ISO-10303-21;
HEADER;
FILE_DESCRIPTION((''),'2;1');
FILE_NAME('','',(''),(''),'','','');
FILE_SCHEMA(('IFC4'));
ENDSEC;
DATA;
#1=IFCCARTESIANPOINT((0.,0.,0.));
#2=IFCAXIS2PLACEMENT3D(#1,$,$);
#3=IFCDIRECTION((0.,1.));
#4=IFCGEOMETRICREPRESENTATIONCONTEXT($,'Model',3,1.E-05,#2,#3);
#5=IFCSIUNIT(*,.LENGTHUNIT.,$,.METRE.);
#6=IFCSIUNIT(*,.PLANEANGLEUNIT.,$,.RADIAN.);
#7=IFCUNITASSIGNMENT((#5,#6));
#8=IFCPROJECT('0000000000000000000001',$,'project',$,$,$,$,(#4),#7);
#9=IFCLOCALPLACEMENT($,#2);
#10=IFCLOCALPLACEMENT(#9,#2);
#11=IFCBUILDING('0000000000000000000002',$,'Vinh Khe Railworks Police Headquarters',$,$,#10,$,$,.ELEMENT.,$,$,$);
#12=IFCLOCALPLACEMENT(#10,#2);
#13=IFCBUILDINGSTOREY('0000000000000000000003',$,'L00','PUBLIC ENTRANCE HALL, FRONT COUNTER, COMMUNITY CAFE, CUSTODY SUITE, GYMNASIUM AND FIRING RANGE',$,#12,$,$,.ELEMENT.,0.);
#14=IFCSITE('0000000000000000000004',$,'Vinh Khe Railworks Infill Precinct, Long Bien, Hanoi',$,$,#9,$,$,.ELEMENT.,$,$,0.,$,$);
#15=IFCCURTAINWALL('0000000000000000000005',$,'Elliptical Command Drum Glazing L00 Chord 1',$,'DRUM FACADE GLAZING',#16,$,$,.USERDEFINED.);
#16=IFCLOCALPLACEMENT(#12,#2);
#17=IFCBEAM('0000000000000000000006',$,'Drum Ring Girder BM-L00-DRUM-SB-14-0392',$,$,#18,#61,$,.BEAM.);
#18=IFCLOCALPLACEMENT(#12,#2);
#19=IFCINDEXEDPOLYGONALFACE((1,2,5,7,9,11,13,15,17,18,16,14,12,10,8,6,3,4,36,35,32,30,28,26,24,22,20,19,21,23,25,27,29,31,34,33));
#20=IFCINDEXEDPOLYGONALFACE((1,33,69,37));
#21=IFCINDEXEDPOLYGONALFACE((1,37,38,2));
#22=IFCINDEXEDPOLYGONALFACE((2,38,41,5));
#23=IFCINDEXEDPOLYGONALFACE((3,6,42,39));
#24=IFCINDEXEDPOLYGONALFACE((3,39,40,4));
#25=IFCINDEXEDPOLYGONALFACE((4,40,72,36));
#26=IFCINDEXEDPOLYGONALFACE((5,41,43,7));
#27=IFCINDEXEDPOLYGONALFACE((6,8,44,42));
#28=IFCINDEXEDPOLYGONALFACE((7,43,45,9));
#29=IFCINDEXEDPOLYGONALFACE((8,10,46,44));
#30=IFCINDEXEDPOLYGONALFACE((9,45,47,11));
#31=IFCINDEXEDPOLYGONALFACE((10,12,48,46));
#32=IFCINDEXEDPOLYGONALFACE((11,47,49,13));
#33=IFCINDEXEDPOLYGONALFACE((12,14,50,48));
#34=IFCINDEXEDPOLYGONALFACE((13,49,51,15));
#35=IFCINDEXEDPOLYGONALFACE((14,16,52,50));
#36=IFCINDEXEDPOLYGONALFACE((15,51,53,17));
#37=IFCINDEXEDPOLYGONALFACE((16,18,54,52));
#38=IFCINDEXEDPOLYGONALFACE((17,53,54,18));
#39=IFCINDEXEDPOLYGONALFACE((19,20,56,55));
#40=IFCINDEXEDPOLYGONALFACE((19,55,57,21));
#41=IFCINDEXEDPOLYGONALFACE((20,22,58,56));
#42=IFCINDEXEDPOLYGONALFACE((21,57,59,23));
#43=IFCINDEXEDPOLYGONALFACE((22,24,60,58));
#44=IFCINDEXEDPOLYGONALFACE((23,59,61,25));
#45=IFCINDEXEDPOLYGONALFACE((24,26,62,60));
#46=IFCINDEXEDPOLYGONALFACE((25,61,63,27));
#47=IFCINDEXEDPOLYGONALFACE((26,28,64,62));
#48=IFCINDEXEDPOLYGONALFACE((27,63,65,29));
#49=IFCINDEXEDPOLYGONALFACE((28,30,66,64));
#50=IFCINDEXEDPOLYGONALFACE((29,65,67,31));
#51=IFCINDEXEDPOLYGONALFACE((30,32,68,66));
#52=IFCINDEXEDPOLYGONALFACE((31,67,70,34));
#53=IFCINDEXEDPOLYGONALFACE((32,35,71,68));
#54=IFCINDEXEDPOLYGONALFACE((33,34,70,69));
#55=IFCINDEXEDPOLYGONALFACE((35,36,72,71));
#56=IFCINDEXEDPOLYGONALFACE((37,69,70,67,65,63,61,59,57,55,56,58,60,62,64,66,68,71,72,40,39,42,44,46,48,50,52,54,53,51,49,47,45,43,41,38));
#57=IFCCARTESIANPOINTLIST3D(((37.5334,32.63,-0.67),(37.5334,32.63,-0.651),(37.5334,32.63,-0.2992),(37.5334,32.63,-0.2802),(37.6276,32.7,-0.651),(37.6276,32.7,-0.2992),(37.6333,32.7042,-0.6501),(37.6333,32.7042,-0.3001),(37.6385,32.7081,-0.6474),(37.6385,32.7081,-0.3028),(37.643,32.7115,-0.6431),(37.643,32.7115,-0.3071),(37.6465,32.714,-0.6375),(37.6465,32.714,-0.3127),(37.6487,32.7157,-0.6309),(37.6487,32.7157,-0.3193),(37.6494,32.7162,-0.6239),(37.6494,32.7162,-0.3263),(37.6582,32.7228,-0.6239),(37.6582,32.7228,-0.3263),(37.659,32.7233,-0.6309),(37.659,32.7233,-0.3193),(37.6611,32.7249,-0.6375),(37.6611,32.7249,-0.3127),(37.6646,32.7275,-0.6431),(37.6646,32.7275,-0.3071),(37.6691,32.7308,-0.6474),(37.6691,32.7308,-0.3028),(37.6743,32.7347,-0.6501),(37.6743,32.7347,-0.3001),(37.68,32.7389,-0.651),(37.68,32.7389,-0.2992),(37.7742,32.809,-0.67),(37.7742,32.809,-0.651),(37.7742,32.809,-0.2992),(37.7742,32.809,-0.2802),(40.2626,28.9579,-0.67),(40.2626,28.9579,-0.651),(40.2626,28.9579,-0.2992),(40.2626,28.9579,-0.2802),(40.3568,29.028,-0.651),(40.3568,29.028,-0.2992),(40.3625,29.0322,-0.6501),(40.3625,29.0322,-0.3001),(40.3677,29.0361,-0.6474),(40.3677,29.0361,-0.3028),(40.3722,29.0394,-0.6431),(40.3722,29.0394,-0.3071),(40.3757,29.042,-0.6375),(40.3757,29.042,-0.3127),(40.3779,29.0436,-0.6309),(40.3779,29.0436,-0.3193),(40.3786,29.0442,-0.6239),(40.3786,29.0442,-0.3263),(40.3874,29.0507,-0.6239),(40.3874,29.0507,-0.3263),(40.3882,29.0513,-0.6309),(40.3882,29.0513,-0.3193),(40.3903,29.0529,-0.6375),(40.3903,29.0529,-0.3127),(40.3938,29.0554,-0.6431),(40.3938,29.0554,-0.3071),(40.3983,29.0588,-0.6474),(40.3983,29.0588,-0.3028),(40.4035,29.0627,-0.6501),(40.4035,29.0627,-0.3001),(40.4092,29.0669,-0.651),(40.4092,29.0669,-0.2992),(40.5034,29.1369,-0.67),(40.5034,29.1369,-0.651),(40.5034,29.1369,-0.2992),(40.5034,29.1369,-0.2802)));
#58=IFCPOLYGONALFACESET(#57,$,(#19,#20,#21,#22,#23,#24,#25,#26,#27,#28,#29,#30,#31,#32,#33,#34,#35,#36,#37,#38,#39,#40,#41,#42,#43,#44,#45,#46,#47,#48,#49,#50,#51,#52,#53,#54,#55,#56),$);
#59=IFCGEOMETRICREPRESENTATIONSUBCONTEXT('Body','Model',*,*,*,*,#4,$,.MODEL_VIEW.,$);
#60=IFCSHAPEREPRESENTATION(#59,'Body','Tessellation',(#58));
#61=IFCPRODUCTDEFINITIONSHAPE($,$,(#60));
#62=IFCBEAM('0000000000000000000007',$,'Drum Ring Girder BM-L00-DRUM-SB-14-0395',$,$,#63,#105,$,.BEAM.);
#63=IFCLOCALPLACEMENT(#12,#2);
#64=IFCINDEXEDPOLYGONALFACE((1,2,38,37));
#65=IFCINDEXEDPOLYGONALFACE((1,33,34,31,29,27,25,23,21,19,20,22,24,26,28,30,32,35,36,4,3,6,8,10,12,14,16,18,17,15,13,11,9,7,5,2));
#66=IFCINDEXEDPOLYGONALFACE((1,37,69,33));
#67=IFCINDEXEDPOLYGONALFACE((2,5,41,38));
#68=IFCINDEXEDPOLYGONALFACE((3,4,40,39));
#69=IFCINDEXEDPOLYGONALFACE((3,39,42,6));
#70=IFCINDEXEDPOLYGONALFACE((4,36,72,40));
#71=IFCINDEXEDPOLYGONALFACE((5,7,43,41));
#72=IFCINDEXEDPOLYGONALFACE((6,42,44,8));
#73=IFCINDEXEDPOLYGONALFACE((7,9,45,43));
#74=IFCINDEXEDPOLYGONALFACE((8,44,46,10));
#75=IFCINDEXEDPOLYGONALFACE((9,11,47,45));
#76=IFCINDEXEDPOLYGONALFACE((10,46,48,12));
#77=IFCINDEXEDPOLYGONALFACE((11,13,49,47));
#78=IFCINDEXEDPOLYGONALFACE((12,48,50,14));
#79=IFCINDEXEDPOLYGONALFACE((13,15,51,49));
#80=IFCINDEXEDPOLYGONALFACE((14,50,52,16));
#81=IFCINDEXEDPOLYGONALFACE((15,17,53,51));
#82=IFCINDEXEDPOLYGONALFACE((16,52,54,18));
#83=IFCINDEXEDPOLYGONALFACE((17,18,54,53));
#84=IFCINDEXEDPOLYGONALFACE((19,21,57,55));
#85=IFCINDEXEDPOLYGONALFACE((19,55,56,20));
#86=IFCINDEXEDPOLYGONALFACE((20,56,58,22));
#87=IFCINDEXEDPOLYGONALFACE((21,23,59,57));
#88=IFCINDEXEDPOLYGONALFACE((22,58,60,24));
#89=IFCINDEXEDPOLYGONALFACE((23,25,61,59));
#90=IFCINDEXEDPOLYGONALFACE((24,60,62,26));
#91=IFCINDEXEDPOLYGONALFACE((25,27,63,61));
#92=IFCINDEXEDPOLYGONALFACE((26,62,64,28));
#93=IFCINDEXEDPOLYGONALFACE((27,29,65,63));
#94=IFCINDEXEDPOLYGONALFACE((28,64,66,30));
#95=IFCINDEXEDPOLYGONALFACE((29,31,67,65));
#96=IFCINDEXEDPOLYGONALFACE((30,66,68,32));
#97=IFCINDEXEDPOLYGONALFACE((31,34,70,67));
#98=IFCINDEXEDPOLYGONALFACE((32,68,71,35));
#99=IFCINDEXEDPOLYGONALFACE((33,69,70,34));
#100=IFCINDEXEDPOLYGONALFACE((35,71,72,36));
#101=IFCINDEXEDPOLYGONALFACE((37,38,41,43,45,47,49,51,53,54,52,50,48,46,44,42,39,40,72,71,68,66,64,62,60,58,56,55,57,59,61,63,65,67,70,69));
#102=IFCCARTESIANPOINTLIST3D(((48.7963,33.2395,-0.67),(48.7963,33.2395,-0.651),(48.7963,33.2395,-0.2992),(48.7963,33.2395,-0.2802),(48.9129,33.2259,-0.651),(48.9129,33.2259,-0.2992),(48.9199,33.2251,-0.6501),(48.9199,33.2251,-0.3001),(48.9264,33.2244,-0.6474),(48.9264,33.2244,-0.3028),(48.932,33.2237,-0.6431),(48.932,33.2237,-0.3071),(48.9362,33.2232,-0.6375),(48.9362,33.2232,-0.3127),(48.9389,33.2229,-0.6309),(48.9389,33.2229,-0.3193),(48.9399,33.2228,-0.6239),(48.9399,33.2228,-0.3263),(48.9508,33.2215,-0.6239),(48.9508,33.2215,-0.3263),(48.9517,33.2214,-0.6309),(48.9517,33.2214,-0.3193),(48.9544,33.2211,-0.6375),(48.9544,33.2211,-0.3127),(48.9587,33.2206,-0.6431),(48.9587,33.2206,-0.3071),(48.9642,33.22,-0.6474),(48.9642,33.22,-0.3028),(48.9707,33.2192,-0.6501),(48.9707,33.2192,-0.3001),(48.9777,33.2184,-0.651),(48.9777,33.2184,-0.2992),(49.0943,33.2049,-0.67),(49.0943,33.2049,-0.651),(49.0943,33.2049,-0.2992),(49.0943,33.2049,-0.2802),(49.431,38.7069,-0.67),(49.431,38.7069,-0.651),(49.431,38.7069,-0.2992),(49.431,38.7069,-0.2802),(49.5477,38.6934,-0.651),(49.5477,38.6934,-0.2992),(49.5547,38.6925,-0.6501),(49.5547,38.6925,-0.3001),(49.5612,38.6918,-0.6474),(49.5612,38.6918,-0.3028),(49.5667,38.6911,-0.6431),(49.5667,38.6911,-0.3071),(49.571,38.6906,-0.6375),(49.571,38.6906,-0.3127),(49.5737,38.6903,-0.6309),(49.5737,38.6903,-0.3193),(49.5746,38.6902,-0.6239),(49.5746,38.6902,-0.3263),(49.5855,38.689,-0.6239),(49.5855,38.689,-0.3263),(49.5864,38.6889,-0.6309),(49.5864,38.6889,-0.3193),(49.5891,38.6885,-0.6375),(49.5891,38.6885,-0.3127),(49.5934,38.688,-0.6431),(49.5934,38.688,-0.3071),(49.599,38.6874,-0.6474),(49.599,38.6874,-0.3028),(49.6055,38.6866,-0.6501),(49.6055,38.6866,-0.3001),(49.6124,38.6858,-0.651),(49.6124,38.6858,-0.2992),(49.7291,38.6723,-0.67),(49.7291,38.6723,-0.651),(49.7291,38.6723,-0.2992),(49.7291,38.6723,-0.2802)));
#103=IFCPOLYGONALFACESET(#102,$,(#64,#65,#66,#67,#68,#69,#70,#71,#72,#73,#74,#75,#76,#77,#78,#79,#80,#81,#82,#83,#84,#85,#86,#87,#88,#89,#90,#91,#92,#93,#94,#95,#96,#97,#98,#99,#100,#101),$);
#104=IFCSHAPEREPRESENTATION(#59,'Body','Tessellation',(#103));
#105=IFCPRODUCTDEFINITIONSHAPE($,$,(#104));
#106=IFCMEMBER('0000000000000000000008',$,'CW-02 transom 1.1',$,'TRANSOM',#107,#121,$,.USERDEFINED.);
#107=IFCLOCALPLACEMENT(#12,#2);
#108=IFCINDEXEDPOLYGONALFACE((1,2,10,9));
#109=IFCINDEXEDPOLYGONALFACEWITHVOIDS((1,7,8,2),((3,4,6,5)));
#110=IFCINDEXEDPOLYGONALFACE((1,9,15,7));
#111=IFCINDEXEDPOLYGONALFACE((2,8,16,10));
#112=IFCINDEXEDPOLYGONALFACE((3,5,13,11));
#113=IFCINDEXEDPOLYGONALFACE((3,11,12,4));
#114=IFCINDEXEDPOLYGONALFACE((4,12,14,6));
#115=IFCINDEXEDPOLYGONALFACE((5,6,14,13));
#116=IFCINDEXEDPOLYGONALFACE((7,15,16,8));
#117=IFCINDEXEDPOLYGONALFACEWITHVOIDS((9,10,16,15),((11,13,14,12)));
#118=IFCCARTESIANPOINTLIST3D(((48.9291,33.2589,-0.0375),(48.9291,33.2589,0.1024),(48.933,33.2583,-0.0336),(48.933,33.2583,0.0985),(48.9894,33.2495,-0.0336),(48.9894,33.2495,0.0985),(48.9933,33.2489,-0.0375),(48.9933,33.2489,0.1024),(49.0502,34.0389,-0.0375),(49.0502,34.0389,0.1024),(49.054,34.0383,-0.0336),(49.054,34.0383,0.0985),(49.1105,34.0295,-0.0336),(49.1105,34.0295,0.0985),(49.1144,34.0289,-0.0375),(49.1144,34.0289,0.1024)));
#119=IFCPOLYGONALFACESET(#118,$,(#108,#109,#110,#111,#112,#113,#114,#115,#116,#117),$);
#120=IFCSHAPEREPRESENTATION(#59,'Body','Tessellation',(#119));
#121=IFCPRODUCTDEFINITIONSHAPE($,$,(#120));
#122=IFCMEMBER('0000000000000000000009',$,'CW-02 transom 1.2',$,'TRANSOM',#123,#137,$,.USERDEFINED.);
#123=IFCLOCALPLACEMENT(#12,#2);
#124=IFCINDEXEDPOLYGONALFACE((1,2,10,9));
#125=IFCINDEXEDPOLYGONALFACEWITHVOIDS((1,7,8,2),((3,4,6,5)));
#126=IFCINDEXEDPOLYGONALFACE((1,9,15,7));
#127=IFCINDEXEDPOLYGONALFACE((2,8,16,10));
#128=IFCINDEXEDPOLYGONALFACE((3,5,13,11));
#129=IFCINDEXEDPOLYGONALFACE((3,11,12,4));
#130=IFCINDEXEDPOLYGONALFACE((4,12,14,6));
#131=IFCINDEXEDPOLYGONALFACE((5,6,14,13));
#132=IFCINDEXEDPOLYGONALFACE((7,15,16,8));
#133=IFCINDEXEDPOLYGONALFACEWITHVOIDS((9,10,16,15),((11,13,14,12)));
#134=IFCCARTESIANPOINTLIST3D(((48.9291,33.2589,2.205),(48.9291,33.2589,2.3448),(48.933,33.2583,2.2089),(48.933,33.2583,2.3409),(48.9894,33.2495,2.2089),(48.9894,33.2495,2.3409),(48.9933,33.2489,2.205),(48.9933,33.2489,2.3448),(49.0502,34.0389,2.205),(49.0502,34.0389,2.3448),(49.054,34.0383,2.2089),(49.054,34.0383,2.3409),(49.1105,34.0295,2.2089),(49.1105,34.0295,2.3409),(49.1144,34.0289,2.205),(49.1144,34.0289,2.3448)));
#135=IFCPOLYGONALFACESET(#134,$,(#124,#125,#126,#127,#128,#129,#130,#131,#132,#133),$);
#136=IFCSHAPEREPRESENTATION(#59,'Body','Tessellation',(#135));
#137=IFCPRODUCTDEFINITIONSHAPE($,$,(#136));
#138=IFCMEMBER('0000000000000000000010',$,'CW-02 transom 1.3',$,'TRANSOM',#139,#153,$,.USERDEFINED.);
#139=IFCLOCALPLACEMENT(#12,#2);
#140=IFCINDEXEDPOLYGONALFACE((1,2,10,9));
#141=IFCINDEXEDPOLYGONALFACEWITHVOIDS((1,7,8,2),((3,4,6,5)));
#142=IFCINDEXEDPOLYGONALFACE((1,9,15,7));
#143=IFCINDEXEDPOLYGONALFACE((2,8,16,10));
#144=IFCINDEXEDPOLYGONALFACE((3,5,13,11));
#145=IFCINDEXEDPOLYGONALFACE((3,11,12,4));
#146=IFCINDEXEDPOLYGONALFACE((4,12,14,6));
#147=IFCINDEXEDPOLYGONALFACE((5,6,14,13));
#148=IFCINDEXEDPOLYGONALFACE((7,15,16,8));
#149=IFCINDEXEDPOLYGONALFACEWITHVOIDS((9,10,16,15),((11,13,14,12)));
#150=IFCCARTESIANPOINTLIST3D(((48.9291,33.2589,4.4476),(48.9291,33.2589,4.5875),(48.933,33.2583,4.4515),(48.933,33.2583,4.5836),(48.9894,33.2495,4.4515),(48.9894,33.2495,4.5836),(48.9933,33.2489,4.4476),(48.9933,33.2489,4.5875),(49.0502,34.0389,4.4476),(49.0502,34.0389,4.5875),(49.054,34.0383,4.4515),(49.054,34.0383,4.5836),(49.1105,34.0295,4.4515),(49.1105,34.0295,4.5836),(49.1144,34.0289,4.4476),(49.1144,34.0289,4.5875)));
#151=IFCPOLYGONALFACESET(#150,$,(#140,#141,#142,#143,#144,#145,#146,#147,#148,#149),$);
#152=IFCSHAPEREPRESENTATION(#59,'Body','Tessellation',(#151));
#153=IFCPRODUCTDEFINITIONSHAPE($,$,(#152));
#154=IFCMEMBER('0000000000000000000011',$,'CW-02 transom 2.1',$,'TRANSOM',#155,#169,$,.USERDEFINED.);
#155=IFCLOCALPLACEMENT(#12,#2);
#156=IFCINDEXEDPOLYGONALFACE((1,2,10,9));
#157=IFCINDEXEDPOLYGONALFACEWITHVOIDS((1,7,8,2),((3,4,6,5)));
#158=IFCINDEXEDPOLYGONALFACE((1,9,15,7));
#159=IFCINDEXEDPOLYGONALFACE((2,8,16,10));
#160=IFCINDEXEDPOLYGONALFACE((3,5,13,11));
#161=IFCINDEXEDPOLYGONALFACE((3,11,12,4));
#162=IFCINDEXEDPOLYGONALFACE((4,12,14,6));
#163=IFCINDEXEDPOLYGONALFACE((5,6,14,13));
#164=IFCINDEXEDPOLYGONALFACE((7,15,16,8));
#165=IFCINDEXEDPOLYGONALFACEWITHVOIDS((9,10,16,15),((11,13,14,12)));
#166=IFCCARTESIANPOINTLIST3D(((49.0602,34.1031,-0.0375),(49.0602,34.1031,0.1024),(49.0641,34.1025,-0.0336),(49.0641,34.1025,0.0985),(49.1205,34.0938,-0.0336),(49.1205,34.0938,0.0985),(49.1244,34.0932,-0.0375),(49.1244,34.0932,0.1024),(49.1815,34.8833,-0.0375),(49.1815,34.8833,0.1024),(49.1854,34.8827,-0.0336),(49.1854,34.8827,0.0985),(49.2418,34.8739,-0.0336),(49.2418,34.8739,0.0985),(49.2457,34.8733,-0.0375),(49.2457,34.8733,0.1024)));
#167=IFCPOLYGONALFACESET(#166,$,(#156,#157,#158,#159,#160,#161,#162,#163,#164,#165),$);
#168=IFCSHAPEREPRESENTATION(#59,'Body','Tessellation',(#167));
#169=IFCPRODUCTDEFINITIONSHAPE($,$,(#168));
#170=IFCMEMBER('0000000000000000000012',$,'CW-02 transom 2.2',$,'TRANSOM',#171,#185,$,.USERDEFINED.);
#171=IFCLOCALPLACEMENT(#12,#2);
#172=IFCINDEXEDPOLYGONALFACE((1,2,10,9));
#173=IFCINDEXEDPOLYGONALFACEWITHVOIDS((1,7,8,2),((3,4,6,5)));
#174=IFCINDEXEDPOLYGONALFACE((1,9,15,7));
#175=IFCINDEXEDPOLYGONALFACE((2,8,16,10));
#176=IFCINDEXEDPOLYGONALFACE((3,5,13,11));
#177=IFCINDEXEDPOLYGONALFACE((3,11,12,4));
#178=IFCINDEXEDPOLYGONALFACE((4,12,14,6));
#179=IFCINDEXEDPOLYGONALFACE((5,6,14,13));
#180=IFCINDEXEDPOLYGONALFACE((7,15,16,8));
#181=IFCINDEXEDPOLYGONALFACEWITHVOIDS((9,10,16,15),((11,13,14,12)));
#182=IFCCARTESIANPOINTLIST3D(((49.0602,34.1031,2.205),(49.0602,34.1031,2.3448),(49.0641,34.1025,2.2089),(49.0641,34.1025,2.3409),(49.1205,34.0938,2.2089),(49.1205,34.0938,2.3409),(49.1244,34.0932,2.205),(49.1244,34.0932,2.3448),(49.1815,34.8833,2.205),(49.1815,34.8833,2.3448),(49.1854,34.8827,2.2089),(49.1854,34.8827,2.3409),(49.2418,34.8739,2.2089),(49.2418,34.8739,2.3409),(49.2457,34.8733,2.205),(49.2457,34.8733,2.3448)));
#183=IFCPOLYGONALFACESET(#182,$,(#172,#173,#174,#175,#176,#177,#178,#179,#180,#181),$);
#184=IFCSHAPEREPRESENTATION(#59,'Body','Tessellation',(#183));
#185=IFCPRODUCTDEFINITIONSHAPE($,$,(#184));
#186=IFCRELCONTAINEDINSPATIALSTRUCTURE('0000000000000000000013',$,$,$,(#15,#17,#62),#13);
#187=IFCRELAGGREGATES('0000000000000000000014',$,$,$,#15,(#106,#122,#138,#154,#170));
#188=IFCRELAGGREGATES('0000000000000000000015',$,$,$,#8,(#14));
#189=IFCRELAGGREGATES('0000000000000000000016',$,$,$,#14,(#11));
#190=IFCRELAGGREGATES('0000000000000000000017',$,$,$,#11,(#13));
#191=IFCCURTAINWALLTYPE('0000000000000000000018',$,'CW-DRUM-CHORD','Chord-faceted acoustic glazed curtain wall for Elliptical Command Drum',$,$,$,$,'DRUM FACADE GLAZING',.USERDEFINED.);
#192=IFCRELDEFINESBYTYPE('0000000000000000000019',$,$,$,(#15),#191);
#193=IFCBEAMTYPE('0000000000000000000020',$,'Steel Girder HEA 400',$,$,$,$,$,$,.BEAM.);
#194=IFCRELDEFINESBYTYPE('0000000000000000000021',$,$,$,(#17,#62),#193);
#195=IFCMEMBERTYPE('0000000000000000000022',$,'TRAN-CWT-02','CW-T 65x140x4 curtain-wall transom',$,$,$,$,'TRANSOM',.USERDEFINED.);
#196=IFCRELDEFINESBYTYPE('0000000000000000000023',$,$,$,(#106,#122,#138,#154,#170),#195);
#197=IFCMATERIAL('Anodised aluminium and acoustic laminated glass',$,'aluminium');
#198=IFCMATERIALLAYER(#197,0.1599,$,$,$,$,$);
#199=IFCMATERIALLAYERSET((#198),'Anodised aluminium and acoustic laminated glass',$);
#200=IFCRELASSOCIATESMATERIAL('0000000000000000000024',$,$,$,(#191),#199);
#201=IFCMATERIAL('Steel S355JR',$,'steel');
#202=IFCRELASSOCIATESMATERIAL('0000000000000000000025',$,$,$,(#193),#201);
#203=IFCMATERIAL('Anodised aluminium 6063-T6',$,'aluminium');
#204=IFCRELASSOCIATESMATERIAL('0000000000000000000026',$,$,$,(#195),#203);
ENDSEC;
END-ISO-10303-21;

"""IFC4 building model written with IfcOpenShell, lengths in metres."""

from ifc_helpers import new_model, si_unit, direction, frame, origin, origin_2d, place, context, subcontext, project, spatial, hollow_rectangle, i_section, extrude, material, layer, layer_set, material_profile, profile_set, type_object, element, aggregate, save


model = new_model("IFC4")

# Units and contexts
model_context = context("Model", 3, precision=1e-05, world=origin(), true_north=direction((0.0, 1.0)))
body_context = subcontext(model_context, "Body", "Model", "MODEL_VIEW")
ifc_project = project(units=[si_unit("LENGTHUNIT", "METRE"), si_unit("PLANEANGLEUNIT", "RADIAN")], contexts=[model_context])

# Site, building, storey
site_placement = place(None, origin())
site = spatial("IfcSite", under=ifc_project, at=site_placement, Name="Vinh Khe Railworks Infill Precinct, Long Bien, Hanoi", CompositionType="ELEMENT", RefElevation=0.0)
building_placement = place(site_placement, origin())
building = spatial("IfcBuilding", under=site, at=building_placement, Name="Vinh Khe Railworks Police Headquarters", CompositionType="ELEMENT")
storey_placement = place(building_placement, origin())
storey = spatial("IfcBuildingStorey", under=building, at=storey_placement, Name="L00", Description="PUBLIC ENTRANCE HALL, FRONT COUNTER, COMMUNITY CAFE, CUSTODY SUITE, GYMNASIUM AND FIRING RANGE", CompositionType="ELEMENT", Elevation=0.0)

# Shared definitions
ifc_material_1 = material(Name="Steel S355JR", Category="steel")

# Curtain wall
ifc_material_2 = material(Name="Anodised aluminium and acoustic laminated glass", Category="aluminium")
ifc_layer_1 = layer(ifc_material_2, 0.1599)
ifc_layer_set_1 = layer_set([ifc_layer_1], Name="Anodised aluminium and acoustic laminated glass")
curtain_wall_type = type_object("IfcCurtainWallType", Name="CW-DRUM-CHORD", Description="Chord-faceted acoustic glazed curtain wall for Elliptical Command Drum", ElementType="DRUM FACADE GLAZING", PredefinedType="USERDEFINED", material=ifc_layer_set_1)
curtain_wall_1_placement = place(storey_placement, origin())
curtain_wall_1 = element("IfcCurtainWall", 1, at=curtain_wall_1_placement, inside=storey, type_object=curtain_wall_type, Name="Elliptical Command Drum Glazing L00 Chord 1", ObjectType="DRUM FACADE GLAZING", PredefinedType="USERDEFINED")
ifc_material_3 = material(Name="Anodised aluminium 6063-T6", Category="aluminium")

# Beams
ifc_material_profile_1 = material_profile(ifc_material_1, i_section(OverallWidth=0.3, OverallDepth=0.3899, WebThickness=0.011, FlangeThickness=0.019, FilletRadius=0.0271, at=origin_2d()), Name="HEA 400")
ifc_profile_set_1 = profile_set([ifc_material_profile_1], Name="Steel S355JR")
beam_type = type_object("IfcBeamType", Name="Steel Girder HEA 400", PredefinedType="BEAM", material=ifc_profile_set_1)
beam_1_placement = place(storey_placement, frame((37.6538, 32.7195, -0.4751), z_axis=(0.596519, -0.802599, 0.0), x_axis=(0.802599, 0.596519, 0.0)))
element("IfcBeam", 2, at=beam_1_placement, inside=storey, type_object=beam_type, Name="Drum Ring Girder BM-L00-DRUM-SB-14-0392", PredefinedType="BEAM", context=body_context, shape_type="SweptSolid", body=[
    extrude(i_section(OverallWidth=0.3, OverallDepth=0.3899, WebThickness=0.011, FlangeThickness=0.019, FilletRadius=0.0271, at=origin_2d()), origin(), (0.0, 0.0, 1.0), 4.5752),
])
beam_2_placement = place(storey_placement, frame((48.9453, 33.2222, -0.4751), z_axis=(0.115323, 0.993328, 0.0), x_axis=(-0.993328, 0.115323, 0.0)))
element("IfcBeam", 3, at=beam_2_placement, inside=storey, type_object=beam_type, Name="Drum Ring Girder BM-L00-DRUM-SB-14-0395", PredefinedType="BEAM", context=body_context, shape_type="SweptSolid", body=[
    extrude(i_section(OverallWidth=0.3, OverallDepth=0.3899, WebThickness=0.011, FlangeThickness=0.019, FilletRadius=0.0271, at=origin_2d()), origin(), (0.0, 0.0, 1.0), 5.5042),
])

# Members
ifc_material_profile_2 = material_profile(ifc_material_3, hollow_rectangle(XDim=0.0649, YDim=0.1399, WallThickness=0.0039, at=origin_2d()), Name="CW-T 65x140x4")
ifc_profile_set_2 = profile_set([ifc_material_profile_2], Name="Anodised aluminium 6063-T6")
member_type_1 = type_object("IfcMemberType", Name="TRAN-CWT-02", Description="CW-T 65x140x4 curtain-wall transom", ElementType="TRANSOM", PredefinedType="USERDEFINED", material=ifc_profile_set_2)
member_1_placement = place(storey_placement, frame((48.9612, 33.2539, 0.0325), z_axis=(0.153405, 0.988163, 0.0), x_axis=(-0.988163, 0.153405, 0.0)))
member_1 = element("IfcMember", 4, at=member_1_placement, type_object=member_type_1, Name="CW-02 transom 1.1", ObjectType="TRANSOM", PredefinedType="USERDEFINED", context=body_context, shape_type="SweptSolid", body=[
    extrude(hollow_rectangle(XDim=0.0649, YDim=0.1399, WallThickness=0.0039, at=origin_2d()), origin(), (0.0, 0.0, 1.0), 0.7893),
])
member_2_placement = place(storey_placement, frame((48.9612, 33.2539, 2.2749), z_axis=(0.153405, 0.988163, 0.0), x_axis=(-0.988163, 0.153405, 0.0)))
member_2 = element("IfcMember", 5, at=member_2_placement, type_object=member_type_1, Name="CW-02 transom 1.2", ObjectType="TRANSOM", PredefinedType="USERDEFINED", context=body_context, shape_type="SweptSolid", body=[
    extrude(hollow_rectangle(XDim=0.0649, YDim=0.1399, WallThickness=0.0039, at=origin_2d()), origin(), (0.0, 0.0, 1.0), 0.7893),
])
member_3_placement = place(storey_placement, frame((48.9612, 33.2539, 4.5176), z_axis=(0.153405, 0.988163, 0.0), x_axis=(-0.988163, 0.153405, 0.0)))
member_3 = element("IfcMember", 6, at=member_3_placement, type_object=member_type_1, Name="CW-02 transom 1.3", ObjectType="TRANSOM", PredefinedType="USERDEFINED", context=body_context, shape_type="SweptSolid", body=[
    extrude(hollow_rectangle(XDim=0.0649, YDim=0.1399, WallThickness=0.0039, at=origin_2d()), origin(), (0.0, 0.0, 1.0), 0.7893),
])
member_4_placement = place(storey_placement, frame((49.0923, 34.0981, 0.0325), z_axis=(0.15366, 0.988124, 0.0), x_axis=(-0.988124, 0.15366, 0.0)))
member_4 = element("IfcMember", 7, at=member_4_placement, type_object=member_type_1, Name="CW-02 transom 2.1", ObjectType="TRANSOM", PredefinedType="USERDEFINED", context=body_context, shape_type="SweptSolid", body=[
    extrude(hollow_rectangle(XDim=0.0649, YDim=0.1399, WallThickness=0.0039, at=origin_2d()), origin(), (0.0, 0.0, 1.0), 0.7896),
])
member_5_placement = place(storey_placement, frame((49.0923, 34.0981, 2.2749), z_axis=(0.15366, 0.988124, 0.0), x_axis=(-0.988124, 0.15366, 0.0)))
member_5 = element("IfcMember", 8, at=member_5_placement, type_object=member_type_1, Name="CW-02 transom 2.2", ObjectType="TRANSOM", PredefinedType="USERDEFINED", context=body_context, shape_type="SweptSolid", body=[
    extrude(hollow_rectangle(XDim=0.0649, YDim=0.1399, WallThickness=0.0039, at=origin_2d()), origin(), (0.0, 0.0, 1.0), 0.7896),
])

aggregate(curtain_wall_1, [member_1, member_2, member_3, member_4, member_5])

save(model, "model.ifc")
